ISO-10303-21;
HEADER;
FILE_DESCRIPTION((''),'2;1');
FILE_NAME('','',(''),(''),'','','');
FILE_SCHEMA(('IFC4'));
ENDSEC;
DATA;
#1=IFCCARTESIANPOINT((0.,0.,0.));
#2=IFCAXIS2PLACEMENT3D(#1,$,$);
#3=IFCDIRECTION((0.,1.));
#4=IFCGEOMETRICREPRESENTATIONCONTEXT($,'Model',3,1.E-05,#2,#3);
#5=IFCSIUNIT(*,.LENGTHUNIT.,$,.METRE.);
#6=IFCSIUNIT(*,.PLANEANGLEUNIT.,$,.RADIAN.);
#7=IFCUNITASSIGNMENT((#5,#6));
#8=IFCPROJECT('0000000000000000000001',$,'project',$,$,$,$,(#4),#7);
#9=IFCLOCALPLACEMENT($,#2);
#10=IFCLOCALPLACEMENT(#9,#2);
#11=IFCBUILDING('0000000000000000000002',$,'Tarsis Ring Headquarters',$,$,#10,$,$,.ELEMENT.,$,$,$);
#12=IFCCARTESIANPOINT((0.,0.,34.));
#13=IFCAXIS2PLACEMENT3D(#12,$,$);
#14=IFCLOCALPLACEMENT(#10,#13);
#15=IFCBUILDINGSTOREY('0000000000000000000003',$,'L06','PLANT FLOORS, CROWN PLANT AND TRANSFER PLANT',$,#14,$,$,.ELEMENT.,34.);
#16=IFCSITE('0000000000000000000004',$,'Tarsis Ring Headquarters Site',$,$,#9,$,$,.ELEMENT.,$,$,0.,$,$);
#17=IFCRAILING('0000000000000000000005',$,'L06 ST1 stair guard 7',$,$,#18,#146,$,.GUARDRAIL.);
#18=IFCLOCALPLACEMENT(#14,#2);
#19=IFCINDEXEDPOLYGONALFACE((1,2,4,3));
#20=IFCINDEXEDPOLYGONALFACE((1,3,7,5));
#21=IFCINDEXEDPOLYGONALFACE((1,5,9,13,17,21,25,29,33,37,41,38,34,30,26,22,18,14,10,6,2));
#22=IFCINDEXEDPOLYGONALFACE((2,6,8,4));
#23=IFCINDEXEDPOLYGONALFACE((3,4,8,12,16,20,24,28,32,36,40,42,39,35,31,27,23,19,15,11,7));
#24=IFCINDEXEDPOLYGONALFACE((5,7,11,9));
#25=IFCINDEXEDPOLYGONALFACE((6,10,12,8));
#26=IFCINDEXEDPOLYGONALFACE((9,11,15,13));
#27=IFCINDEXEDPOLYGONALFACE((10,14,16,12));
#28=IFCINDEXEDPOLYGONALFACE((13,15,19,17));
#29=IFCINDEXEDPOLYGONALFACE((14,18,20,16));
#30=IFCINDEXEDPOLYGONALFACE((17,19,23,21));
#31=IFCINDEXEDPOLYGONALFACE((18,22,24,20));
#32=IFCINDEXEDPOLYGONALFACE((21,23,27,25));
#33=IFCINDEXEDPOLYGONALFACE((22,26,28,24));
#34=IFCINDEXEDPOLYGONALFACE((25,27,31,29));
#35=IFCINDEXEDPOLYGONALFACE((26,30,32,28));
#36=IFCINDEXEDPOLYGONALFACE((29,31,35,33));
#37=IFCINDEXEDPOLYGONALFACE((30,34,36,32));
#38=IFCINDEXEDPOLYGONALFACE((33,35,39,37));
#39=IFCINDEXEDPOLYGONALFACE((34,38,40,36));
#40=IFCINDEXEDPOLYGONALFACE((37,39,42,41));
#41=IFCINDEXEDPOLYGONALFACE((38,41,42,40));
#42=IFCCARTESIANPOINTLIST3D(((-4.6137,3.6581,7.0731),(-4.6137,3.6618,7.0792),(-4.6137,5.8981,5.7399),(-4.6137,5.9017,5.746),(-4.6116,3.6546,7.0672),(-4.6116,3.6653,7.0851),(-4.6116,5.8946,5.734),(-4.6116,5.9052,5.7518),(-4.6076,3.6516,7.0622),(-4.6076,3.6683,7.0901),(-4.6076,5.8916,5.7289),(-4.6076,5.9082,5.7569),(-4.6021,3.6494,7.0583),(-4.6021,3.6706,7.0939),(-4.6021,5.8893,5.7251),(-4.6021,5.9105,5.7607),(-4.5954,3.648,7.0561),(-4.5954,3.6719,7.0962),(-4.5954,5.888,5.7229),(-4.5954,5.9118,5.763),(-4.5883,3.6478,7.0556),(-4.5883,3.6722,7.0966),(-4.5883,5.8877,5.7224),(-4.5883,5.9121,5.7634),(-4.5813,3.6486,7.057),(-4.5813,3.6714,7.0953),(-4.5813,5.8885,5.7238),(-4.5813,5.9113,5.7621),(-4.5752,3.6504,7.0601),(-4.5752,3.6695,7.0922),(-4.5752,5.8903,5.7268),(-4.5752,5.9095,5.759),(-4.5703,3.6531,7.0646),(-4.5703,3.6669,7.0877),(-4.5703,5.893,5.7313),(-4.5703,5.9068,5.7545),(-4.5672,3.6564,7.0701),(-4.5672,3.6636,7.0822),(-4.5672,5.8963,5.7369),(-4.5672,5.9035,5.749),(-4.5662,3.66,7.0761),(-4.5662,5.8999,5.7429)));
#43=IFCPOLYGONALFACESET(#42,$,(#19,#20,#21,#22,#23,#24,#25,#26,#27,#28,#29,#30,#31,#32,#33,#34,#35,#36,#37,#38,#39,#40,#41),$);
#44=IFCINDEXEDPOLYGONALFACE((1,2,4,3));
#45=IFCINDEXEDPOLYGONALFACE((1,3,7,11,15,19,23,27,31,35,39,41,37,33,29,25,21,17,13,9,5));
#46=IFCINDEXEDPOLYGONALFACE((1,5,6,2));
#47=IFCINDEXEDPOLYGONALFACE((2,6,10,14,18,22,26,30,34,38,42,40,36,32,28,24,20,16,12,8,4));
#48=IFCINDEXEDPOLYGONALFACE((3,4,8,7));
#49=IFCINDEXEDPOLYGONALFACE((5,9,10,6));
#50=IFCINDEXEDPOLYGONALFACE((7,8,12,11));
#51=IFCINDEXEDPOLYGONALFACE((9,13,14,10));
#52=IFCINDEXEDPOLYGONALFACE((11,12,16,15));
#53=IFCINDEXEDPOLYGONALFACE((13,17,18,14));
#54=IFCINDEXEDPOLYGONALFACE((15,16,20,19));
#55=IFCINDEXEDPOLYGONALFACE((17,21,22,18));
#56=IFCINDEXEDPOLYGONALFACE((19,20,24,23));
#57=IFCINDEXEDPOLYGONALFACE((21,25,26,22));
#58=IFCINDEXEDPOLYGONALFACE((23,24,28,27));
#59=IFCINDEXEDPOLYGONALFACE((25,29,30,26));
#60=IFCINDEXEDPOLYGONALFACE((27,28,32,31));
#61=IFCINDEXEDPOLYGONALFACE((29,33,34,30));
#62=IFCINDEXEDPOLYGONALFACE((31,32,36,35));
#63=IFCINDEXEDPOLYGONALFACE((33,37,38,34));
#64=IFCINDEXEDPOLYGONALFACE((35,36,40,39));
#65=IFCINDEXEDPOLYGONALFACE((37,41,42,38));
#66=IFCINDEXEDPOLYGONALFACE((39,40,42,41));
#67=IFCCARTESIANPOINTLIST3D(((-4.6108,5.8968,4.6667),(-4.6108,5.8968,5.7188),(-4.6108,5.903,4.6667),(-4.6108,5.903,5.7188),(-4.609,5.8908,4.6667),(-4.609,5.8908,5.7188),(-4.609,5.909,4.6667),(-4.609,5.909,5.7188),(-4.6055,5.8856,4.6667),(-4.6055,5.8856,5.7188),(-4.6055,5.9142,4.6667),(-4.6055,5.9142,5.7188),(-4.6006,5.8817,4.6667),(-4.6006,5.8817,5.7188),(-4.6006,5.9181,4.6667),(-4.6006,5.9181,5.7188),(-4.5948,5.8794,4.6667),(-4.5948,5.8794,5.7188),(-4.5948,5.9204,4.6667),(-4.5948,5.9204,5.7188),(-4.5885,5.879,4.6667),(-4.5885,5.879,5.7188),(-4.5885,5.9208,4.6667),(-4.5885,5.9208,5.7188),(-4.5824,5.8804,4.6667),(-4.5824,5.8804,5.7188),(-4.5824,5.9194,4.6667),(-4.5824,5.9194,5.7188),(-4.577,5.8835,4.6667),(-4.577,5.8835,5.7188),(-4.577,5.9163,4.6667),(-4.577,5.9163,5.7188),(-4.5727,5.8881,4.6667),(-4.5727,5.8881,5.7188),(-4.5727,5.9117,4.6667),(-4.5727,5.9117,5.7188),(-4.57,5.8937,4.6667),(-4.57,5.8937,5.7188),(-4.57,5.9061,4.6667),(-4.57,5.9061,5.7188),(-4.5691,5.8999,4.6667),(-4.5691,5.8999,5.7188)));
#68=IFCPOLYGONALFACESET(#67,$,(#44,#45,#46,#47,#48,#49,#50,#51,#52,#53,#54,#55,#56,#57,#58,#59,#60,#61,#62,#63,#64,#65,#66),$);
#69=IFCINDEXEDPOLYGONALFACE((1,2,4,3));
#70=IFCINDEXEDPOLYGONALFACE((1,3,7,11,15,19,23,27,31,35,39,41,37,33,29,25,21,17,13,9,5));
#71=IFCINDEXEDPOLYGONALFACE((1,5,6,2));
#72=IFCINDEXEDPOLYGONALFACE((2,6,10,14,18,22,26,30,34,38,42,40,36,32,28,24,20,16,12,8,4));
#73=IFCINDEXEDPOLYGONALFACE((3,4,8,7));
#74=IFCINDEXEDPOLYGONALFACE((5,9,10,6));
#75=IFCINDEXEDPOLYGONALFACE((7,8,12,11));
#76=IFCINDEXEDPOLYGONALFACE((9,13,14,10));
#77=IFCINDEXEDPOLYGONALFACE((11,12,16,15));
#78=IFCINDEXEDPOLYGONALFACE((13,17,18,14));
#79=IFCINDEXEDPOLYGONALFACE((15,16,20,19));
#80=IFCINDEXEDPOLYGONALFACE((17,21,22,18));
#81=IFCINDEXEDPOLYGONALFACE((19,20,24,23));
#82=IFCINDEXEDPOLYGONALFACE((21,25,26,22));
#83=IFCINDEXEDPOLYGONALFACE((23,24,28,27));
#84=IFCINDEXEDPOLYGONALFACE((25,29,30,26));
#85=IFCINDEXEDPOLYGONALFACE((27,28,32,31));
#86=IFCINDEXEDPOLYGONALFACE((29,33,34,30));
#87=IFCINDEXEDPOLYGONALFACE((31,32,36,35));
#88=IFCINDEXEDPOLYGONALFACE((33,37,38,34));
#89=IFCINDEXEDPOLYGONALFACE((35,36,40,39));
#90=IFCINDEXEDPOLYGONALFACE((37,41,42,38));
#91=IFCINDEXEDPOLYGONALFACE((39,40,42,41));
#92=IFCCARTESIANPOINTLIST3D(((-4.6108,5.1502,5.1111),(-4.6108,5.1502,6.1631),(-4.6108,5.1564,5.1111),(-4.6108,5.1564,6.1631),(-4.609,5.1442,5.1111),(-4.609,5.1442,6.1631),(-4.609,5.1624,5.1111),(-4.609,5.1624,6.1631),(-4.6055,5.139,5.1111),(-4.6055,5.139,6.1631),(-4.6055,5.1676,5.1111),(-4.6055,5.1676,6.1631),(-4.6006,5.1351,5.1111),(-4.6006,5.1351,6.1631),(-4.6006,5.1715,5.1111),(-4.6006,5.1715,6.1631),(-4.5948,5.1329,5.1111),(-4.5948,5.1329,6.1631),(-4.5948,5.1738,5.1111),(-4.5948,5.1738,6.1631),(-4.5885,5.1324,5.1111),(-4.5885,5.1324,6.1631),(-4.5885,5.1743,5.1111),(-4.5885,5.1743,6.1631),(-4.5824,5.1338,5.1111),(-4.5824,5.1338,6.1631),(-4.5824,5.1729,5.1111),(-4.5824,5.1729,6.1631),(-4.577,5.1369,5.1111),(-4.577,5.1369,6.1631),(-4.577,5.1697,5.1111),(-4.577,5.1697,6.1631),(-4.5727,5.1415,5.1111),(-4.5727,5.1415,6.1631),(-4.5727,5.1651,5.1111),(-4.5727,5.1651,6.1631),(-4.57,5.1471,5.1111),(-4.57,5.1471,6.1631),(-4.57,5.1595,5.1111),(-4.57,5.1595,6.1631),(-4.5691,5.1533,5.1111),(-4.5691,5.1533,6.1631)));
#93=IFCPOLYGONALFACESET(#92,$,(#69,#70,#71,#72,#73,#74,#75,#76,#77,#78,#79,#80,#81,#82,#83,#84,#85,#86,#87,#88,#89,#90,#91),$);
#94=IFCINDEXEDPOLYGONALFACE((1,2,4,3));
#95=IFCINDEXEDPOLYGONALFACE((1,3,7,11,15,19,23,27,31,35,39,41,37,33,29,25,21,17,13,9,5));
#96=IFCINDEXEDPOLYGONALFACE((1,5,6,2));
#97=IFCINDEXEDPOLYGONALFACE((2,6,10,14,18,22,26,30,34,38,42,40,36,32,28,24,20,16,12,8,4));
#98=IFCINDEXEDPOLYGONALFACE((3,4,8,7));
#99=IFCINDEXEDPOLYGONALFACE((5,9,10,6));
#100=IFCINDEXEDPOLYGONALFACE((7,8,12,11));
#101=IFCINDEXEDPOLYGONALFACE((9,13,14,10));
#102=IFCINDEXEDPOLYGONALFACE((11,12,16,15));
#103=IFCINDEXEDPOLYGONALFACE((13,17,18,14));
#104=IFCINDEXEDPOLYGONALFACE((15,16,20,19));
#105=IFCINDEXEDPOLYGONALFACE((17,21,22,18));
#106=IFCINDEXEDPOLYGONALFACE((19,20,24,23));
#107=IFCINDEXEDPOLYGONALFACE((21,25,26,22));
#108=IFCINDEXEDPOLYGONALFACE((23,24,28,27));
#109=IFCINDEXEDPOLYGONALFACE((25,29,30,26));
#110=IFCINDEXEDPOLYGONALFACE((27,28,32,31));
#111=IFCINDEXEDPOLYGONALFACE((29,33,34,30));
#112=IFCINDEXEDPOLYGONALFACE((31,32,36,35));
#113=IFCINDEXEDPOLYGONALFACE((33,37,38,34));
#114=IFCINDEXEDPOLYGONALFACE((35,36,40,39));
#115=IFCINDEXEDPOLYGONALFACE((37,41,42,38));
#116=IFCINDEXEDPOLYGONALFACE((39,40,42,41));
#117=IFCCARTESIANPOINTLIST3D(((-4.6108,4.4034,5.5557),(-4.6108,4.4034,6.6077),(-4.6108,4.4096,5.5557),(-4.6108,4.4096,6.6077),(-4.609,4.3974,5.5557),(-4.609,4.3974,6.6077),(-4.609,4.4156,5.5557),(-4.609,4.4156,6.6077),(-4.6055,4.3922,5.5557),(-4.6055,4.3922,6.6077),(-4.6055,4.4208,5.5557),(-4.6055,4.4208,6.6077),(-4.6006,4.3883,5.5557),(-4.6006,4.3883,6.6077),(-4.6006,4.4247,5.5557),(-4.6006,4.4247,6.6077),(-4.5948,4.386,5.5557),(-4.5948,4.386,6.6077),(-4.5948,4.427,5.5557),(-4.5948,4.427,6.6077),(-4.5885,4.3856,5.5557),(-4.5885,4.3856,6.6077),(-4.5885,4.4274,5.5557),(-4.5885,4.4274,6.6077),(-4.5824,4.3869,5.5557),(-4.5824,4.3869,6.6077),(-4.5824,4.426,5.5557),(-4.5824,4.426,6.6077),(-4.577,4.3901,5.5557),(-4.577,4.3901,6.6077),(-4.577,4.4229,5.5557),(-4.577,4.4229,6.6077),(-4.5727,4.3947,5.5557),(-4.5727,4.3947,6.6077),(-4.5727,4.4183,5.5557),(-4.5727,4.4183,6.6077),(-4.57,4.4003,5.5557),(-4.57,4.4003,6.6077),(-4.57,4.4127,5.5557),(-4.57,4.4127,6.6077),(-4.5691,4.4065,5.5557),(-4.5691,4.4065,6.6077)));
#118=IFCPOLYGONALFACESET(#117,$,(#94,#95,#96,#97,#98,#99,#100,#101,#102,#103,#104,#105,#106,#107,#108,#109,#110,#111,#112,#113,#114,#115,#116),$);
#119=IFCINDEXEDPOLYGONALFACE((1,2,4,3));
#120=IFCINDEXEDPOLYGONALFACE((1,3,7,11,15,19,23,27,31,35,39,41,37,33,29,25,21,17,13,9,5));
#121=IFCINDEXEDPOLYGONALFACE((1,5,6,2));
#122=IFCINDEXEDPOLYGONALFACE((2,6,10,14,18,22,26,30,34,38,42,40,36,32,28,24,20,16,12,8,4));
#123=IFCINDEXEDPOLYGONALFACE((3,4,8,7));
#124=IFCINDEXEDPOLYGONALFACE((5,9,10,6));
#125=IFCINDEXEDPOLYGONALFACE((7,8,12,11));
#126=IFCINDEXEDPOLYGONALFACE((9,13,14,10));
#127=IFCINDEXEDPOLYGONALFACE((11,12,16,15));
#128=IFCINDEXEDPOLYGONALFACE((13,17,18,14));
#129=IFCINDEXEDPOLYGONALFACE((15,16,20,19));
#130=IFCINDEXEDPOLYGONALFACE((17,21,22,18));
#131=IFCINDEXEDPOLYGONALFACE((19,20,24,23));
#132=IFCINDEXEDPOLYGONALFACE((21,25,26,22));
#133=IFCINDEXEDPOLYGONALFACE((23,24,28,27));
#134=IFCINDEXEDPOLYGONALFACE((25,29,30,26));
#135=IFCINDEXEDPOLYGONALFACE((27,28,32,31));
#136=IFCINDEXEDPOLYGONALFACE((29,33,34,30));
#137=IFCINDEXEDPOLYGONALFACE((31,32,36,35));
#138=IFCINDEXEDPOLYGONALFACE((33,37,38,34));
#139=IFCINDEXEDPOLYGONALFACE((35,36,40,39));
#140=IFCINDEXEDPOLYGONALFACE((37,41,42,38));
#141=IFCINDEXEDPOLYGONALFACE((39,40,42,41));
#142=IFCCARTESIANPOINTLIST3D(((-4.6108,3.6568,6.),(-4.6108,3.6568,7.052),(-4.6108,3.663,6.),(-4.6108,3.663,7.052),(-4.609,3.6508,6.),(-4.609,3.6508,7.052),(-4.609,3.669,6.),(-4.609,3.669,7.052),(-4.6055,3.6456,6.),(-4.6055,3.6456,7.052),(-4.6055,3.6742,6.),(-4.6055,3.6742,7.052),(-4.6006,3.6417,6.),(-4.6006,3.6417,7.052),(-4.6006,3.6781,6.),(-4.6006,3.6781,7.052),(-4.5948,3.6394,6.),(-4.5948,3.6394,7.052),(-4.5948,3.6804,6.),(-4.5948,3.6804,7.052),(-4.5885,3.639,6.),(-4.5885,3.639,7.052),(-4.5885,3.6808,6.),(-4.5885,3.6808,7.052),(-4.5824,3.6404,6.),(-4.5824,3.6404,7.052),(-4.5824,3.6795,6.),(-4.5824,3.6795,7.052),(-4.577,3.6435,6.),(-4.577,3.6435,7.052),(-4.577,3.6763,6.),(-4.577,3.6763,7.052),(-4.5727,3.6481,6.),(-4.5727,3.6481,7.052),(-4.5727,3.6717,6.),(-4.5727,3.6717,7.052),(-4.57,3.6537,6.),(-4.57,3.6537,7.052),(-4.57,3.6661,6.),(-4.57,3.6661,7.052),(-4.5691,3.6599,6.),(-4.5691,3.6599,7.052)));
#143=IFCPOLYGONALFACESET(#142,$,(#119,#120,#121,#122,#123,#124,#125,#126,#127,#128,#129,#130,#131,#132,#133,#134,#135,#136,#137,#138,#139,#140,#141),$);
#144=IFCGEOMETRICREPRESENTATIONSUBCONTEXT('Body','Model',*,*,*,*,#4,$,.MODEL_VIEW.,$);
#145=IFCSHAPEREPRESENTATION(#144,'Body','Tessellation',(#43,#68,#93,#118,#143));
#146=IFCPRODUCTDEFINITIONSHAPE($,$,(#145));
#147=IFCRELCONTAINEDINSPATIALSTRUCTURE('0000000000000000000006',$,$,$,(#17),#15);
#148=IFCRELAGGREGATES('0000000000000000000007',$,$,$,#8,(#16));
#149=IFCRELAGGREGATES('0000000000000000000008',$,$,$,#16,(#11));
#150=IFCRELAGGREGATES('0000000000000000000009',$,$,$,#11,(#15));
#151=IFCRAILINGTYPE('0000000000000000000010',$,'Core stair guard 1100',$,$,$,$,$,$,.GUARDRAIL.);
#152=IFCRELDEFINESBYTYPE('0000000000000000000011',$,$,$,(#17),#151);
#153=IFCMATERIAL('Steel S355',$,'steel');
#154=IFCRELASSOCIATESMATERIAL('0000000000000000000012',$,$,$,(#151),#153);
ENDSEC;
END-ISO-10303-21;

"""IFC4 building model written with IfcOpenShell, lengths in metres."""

from ifc_helpers import new_model, si_unit, direction, frame, origin, origin_2d, place, context, subcontext, project, spatial, circle, extrude, material, type_object, element, save


model = new_model("IFC4")

# Units and contexts
model_context = context("Model", 3, precision=1e-05, world=origin(), true_north=direction((0.0, 1.0)))
body_context = subcontext(model_context, "Body", "Model", "MODEL_VIEW")
ifc_project = project(units=[si_unit("LENGTHUNIT", "METRE"), si_unit("PLANEANGLEUNIT", "RADIAN")], contexts=[model_context])

# Site, building, storey
site_placement = place(None, origin())
site = spatial("IfcSite", under=ifc_project, at=site_placement, Name="Tarsis Ring Headquarters Site", CompositionType="ELEMENT", RefElevation=0.0)
building_placement = place(site_placement, origin())
building = spatial("IfcBuilding", under=site, at=building_placement, Name="Tarsis Ring Headquarters", CompositionType="ELEMENT")
storey_placement = place(building_placement, frame((0.0, 0.0, 34.0)))
storey = spatial("IfcBuildingStorey", under=building, at=storey_placement, Name="L06", Description="PLANT FLOORS, CROWN PLANT AND TRANSFER PLANT", CompositionType="ELEMENT", Elevation=34.0)

# Railing
ifc_material_1 = material(Name="Steel S355", Category="steel")
railing_type_1 = type_object("IfcRailingType", Name="Core stair guard 1100", PredefinedType="GUARDRAIL", material=ifc_material_1)
railing_1_placement = place(storey_placement, frame((-4.5901, 5.8999, 4.6667)))
element("IfcRailing", 1, at=railing_1_placement, inside=storey, type_object=railing_type_1, Name="L06 ST1 stair guard 7", PredefinedType="GUARDRAIL", context=body_context, shape_type="SweptSolid", body=[
    extrude(circle(Radius=0.0239, at=origin_2d()), frame((0.0, 0.0, 1.0762), z_axis=(0.0, -0.859306, 0.511462), x_axis=(1.0, 0.0, 0.0)), (0.0, 0.0, 1.0), 2.6067),
    extrude(circle(Radius=0.021, at=origin_2d()), origin(), (0.0, 0.0, 1.0), 1.052),
    extrude(circle(Radius=0.021, at=origin_2d()), frame((0.0, -0.7466, 0.4443)), (0.0, 0.0, 1.0), 1.052),
    extrude(circle(Radius=0.021, at=origin_2d()), frame((0.0, -1.4934, 0.8889)), (0.0, 0.0, 1.0), 1.052),
    extrude(circle(Radius=0.021, at=origin_2d()), frame((0.0, -2.24, 1.3333)), (0.0, 0.0, 1.0), 1.052),
])

save(model, "model.ifc")
